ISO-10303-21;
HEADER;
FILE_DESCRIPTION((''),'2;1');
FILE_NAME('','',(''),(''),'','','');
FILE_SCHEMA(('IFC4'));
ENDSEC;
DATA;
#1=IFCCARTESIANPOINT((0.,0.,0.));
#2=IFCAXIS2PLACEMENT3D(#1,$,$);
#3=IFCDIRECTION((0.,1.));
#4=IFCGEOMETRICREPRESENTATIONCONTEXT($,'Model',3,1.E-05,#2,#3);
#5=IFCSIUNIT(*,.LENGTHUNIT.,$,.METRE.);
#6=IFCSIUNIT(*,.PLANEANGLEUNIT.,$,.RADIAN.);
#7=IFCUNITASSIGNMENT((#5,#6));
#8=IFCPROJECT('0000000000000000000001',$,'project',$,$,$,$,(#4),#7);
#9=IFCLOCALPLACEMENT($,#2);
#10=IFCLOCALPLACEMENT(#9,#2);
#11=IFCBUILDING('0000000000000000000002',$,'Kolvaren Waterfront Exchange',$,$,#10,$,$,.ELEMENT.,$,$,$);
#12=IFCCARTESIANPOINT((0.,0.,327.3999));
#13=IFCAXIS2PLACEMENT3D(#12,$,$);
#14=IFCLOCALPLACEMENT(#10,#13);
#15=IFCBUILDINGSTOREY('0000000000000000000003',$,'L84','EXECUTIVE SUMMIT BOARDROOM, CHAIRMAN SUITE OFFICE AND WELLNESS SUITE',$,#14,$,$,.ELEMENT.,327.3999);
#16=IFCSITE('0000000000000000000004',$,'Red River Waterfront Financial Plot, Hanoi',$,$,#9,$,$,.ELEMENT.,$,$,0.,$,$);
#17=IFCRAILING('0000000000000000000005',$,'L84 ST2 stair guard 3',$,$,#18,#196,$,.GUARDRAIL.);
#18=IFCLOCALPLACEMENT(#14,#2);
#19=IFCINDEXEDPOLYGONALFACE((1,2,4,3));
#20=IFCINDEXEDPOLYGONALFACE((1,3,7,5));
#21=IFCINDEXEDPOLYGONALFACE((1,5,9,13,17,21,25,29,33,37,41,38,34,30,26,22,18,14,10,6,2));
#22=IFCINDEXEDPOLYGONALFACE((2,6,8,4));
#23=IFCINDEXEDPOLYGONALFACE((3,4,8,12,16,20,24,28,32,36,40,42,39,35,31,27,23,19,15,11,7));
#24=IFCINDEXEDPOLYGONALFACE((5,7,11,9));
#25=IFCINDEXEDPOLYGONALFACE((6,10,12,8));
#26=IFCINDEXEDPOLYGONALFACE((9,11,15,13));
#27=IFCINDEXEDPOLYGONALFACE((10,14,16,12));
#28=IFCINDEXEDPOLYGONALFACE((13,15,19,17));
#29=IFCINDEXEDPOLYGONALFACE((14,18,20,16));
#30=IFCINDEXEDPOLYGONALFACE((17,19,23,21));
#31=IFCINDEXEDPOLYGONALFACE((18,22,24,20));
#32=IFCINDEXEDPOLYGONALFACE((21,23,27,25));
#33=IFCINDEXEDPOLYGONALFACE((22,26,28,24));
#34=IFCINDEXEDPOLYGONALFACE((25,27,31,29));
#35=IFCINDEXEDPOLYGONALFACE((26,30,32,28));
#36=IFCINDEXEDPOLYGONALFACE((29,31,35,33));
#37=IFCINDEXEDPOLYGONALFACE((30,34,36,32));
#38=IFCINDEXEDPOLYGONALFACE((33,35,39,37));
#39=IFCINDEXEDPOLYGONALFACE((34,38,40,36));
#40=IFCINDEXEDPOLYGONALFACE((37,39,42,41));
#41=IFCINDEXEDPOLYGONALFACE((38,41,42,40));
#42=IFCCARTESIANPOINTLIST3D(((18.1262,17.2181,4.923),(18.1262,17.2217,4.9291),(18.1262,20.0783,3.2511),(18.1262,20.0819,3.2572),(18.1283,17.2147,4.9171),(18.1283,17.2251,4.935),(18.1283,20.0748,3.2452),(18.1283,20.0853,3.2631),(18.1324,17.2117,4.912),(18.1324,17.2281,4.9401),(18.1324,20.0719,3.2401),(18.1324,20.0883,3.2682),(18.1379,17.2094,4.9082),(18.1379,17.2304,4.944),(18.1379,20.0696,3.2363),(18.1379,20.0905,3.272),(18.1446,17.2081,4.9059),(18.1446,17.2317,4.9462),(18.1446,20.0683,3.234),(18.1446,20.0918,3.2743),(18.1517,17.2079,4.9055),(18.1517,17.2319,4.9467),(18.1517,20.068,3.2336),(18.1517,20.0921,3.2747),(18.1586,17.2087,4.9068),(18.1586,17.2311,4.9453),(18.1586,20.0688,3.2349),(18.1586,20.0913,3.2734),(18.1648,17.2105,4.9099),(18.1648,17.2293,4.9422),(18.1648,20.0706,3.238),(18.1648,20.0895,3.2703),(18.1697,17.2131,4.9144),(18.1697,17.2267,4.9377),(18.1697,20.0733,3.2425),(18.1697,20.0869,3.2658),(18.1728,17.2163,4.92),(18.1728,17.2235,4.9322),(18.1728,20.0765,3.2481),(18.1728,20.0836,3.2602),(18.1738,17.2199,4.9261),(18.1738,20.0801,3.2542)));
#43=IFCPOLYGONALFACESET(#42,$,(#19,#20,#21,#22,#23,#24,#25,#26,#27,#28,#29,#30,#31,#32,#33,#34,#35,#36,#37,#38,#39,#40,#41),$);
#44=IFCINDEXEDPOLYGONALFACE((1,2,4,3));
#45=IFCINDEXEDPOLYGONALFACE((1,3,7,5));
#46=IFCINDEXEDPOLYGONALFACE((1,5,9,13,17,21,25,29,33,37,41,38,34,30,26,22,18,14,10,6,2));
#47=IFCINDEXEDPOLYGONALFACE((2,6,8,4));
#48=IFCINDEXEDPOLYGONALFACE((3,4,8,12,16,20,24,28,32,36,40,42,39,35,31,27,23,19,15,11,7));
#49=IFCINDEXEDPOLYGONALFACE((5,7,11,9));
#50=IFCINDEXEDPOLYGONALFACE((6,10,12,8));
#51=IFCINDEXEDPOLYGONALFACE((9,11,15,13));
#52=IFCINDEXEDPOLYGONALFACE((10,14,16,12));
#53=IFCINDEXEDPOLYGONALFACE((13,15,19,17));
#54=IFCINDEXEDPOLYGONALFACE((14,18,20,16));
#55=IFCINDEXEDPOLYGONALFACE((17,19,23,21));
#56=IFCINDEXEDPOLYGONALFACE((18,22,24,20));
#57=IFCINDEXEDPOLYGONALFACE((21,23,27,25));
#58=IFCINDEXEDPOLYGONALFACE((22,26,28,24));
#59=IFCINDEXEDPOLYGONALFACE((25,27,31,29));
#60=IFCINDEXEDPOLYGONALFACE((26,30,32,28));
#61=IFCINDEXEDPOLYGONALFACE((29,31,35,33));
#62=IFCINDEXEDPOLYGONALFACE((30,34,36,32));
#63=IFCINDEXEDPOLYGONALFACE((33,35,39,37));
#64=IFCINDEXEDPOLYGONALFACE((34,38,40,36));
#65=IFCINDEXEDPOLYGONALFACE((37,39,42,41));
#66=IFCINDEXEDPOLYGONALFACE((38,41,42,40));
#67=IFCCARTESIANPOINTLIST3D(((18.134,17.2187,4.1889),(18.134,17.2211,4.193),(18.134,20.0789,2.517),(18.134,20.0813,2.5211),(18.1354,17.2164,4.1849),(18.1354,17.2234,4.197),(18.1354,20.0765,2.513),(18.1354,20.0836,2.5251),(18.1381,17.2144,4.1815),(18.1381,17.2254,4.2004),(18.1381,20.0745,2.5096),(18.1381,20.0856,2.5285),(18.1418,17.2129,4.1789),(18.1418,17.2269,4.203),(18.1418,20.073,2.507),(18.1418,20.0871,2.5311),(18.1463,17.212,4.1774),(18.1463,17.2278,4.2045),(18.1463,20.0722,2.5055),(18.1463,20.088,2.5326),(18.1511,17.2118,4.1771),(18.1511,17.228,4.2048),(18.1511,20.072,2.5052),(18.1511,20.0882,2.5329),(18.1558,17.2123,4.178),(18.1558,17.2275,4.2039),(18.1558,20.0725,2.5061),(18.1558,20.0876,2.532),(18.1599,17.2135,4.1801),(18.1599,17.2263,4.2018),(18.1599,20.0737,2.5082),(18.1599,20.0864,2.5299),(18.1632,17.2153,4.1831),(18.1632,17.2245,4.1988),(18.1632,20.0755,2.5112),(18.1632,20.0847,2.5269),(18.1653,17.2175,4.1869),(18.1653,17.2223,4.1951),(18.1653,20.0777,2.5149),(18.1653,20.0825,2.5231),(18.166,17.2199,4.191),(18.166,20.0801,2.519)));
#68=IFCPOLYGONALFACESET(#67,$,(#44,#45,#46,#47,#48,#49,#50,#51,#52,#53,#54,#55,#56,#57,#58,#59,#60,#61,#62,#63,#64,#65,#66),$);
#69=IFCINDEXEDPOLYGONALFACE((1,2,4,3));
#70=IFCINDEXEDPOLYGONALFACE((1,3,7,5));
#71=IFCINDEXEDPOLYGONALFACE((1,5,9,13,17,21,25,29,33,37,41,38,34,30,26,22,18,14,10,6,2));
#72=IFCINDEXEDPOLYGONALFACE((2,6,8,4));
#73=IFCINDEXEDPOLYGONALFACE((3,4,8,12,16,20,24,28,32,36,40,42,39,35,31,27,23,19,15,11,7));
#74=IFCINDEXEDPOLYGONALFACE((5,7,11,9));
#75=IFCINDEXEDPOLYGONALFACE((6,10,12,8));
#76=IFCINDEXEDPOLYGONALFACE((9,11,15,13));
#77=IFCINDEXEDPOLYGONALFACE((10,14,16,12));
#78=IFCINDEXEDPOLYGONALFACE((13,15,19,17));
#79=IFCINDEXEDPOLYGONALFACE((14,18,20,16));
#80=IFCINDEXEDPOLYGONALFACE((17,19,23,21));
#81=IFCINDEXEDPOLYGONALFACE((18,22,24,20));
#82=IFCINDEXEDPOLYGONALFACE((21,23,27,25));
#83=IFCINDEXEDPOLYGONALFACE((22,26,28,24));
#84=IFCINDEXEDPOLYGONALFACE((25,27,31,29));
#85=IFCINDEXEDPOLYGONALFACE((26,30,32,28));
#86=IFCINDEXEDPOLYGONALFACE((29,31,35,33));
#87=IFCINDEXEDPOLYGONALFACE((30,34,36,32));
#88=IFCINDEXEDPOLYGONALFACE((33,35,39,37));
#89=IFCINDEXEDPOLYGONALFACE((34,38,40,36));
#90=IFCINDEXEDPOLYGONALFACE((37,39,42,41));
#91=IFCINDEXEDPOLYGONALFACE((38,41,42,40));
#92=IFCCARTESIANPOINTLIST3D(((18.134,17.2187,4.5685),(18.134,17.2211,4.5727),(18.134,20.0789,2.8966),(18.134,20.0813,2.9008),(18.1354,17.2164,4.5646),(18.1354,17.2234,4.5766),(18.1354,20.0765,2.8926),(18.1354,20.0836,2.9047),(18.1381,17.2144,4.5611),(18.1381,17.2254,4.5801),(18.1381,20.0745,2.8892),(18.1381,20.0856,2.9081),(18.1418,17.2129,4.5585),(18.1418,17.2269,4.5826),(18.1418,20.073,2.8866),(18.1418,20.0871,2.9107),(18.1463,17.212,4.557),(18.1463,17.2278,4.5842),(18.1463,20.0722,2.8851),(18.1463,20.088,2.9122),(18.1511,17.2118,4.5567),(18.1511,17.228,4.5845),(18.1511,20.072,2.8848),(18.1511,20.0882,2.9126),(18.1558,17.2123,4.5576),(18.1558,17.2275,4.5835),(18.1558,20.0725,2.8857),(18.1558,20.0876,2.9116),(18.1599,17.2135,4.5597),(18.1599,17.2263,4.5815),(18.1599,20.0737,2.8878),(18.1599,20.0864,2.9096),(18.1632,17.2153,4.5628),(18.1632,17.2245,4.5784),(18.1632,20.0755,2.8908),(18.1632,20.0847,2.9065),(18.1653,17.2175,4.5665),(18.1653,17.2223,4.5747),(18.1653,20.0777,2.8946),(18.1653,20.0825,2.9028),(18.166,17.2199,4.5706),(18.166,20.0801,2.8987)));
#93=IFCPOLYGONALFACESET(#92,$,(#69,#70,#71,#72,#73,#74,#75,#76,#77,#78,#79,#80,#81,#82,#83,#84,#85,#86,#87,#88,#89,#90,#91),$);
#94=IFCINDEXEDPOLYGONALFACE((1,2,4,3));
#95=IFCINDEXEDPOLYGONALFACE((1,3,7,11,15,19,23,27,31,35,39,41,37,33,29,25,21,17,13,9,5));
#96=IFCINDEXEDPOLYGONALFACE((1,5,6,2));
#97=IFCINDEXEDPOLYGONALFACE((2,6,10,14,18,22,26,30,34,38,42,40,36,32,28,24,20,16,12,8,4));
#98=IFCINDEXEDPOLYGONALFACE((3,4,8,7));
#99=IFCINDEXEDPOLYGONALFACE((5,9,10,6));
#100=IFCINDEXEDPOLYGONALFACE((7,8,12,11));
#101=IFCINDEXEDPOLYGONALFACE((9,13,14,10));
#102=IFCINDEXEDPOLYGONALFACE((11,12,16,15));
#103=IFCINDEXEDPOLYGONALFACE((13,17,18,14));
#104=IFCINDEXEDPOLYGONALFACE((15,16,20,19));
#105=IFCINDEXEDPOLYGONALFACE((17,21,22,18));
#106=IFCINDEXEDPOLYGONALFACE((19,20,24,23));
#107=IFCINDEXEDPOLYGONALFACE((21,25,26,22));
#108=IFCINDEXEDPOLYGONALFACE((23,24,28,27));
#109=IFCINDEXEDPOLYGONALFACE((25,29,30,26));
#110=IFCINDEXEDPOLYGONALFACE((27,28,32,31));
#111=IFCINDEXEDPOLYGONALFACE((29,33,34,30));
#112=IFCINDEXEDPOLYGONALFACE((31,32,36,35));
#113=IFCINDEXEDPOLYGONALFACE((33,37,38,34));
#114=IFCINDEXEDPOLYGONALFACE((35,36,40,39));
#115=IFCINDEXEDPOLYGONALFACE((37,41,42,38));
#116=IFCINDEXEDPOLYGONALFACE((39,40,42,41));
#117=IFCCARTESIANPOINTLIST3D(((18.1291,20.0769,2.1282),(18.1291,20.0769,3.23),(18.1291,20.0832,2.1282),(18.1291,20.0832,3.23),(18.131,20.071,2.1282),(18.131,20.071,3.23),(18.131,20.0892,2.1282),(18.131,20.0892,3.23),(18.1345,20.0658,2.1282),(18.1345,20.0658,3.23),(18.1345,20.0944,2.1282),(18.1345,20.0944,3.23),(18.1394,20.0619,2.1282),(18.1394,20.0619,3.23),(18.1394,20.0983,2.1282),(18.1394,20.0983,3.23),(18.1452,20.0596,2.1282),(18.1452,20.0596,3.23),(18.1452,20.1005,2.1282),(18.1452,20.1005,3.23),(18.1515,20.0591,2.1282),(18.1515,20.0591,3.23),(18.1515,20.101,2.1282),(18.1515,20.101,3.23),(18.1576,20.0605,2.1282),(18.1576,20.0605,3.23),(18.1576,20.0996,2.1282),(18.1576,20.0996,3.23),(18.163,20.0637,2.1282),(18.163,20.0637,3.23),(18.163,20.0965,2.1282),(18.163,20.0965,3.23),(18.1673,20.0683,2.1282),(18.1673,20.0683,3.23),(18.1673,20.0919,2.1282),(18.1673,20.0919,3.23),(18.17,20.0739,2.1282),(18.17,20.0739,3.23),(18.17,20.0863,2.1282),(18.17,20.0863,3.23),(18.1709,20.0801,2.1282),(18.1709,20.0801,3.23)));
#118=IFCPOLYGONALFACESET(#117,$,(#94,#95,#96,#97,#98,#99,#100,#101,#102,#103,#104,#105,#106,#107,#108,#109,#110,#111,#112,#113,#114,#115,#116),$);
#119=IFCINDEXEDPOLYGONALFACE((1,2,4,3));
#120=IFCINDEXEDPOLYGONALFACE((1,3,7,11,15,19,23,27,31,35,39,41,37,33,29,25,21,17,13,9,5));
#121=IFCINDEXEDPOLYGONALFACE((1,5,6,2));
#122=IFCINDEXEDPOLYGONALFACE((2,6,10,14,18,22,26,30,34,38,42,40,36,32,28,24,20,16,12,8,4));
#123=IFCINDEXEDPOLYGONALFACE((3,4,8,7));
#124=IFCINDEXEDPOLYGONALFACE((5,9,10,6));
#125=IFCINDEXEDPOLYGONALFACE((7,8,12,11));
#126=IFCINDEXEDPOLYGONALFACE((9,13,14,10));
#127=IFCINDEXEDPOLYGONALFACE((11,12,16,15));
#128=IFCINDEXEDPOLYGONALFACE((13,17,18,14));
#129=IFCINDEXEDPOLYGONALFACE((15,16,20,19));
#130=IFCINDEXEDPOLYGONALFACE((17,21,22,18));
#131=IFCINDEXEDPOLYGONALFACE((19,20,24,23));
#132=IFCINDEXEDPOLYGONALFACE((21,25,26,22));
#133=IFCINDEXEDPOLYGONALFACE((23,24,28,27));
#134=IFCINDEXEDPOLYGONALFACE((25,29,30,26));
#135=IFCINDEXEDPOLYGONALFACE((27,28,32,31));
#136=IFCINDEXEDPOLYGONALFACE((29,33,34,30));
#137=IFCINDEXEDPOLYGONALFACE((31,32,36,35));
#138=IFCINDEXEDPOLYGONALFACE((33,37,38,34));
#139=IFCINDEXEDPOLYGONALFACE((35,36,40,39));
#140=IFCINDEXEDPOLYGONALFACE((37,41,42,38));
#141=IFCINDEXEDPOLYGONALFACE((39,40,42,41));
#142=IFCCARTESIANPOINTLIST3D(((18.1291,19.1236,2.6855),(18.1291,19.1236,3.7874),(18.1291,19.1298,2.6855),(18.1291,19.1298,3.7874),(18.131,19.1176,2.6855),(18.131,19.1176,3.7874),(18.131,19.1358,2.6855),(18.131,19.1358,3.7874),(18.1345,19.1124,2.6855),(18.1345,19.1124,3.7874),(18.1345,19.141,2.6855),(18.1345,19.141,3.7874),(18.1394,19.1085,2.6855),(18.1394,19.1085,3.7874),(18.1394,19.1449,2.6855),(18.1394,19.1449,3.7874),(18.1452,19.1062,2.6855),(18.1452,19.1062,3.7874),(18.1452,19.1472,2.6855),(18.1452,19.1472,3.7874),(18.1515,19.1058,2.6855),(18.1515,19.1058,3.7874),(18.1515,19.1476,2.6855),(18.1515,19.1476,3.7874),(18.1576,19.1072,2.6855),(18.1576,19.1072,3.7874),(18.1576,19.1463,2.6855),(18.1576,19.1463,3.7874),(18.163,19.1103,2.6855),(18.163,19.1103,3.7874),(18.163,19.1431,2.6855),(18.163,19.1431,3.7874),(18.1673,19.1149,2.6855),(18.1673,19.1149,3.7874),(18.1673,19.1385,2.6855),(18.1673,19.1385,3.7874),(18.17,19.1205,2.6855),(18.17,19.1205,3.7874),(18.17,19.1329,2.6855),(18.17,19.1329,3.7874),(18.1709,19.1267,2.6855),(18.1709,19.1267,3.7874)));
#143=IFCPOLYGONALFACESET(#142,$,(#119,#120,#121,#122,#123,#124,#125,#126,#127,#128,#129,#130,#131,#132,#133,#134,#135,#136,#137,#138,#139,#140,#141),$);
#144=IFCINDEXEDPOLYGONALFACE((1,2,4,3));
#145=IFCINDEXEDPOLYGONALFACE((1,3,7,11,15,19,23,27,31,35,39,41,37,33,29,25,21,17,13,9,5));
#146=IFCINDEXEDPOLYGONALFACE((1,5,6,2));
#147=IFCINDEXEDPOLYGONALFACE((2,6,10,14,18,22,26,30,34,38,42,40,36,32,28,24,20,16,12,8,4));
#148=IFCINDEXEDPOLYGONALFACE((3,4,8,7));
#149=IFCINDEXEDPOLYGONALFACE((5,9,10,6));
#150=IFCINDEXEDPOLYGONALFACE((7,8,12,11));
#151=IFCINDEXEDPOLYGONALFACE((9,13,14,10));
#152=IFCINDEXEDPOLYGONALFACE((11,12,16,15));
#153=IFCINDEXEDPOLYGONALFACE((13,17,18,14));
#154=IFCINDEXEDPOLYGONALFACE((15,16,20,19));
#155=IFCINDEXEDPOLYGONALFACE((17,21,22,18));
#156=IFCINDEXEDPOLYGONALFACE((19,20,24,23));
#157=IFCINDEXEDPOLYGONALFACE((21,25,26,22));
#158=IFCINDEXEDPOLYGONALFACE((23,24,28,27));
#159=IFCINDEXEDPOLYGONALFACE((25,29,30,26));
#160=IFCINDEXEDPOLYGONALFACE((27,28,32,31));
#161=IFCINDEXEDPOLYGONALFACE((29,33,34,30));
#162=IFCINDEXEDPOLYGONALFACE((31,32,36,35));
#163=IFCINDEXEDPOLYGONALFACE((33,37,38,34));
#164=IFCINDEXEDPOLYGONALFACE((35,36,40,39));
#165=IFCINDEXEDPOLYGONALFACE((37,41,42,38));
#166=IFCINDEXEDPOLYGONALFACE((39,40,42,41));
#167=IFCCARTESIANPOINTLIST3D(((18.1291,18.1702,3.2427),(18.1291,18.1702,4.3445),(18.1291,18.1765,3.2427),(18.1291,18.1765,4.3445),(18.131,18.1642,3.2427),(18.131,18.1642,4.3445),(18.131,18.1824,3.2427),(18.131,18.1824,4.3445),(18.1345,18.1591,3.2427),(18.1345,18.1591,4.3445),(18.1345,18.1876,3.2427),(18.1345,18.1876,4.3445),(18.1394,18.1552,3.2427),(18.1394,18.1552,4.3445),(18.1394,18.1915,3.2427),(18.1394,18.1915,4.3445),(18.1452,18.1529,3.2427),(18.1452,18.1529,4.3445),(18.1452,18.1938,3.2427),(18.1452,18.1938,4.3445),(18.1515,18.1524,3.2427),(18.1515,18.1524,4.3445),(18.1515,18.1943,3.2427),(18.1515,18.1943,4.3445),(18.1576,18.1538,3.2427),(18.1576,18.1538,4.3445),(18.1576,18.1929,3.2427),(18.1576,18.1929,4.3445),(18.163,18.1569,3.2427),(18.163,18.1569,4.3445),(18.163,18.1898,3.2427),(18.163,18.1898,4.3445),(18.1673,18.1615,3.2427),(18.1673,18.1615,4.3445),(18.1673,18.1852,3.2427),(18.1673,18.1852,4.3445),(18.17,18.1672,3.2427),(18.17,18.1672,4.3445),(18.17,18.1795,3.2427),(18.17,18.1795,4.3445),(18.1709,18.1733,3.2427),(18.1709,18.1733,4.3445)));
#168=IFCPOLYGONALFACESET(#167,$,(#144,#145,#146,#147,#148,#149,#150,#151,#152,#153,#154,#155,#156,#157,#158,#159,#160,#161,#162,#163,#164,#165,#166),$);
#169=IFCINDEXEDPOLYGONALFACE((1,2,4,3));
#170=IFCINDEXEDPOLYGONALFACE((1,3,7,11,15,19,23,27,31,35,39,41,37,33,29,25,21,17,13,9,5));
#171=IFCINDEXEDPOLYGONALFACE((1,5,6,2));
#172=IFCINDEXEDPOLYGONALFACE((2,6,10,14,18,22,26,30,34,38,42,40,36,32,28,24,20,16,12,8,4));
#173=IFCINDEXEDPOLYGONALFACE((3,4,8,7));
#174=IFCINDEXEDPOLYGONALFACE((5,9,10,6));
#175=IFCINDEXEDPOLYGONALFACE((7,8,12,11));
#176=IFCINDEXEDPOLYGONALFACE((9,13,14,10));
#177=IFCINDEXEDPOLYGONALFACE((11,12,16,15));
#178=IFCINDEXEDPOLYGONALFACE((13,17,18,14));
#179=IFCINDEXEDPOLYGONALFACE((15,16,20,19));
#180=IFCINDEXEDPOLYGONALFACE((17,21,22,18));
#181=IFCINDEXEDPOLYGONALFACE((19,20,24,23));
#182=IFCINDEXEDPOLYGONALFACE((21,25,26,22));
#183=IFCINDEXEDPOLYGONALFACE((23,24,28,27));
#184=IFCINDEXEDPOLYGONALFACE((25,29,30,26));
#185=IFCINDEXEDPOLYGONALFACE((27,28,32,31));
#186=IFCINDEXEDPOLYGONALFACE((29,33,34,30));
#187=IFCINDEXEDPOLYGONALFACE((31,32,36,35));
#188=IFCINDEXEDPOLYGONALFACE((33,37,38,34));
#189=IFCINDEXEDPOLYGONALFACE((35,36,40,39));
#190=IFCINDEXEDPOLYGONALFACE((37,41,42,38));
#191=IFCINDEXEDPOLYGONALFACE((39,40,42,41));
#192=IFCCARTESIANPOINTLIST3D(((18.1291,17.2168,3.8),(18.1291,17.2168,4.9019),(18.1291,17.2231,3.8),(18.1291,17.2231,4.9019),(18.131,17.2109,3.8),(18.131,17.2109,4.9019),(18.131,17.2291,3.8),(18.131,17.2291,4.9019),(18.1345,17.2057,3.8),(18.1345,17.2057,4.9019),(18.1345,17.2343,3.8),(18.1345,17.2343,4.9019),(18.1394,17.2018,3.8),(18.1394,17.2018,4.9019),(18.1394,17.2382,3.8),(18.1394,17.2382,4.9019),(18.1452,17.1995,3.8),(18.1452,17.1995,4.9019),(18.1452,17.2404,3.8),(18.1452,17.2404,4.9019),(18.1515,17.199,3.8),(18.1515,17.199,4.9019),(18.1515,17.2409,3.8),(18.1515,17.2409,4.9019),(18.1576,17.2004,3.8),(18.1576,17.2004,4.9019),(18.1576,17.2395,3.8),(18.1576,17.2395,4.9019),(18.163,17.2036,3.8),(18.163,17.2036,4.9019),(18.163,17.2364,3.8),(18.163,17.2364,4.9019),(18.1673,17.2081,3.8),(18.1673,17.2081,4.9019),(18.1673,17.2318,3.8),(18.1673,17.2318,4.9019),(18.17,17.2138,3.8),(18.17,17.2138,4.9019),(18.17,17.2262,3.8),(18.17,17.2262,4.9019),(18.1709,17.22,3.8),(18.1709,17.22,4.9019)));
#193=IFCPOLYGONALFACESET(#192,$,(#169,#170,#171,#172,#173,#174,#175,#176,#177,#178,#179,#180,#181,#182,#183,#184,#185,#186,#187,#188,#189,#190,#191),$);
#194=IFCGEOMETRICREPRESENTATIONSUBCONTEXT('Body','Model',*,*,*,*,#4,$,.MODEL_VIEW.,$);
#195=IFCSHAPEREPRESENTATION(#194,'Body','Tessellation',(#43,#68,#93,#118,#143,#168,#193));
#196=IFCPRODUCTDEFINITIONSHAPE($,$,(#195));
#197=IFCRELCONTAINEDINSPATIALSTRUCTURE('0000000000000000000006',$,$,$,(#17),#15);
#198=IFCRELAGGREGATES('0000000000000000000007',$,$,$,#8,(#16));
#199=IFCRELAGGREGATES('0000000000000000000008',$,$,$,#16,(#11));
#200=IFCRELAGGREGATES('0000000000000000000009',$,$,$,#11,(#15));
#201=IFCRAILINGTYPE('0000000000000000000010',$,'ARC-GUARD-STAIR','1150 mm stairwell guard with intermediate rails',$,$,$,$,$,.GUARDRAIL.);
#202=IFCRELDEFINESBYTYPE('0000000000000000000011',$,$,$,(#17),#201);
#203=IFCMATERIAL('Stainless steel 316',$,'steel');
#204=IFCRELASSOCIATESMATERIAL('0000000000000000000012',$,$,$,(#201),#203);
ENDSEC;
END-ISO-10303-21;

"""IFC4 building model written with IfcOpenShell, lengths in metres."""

from ifc_helpers import new_model, si_unit, direction, frame, origin, origin_2d, place, context, subcontext, project, spatial, circle, extrude, material, type_object, element, save


model = new_model("IFC4")

# Units and contexts
model_context = context("Model", 3, precision=1e-05, world=origin(), true_north=direction((0.0, 1.0)))
body_context = subcontext(model_context, "Body", "Model", "MODEL_VIEW")
ifc_project = project(units=[si_unit("LENGTHUNIT", "METRE"), si_unit("PLANEANGLEUNIT", "RADIAN")], contexts=[model_context])

# Site, building, storey
site_placement = place(None, origin())
site = spatial("IfcSite", under=ifc_project, at=site_placement, Name="Red River Waterfront Financial Plot, Hanoi", CompositionType="ELEMENT", RefElevation=0.0)
building_placement = place(site_placement, origin())
building = spatial("IfcBuilding", under=site, at=building_placement, Name="Kolvaren Waterfront Exchange", CompositionType="ELEMENT")
storey_placement = place(building_placement, frame((0.0, 0.0, 327.3999)))
storey = spatial("IfcBuildingStorey", under=building, at=storey_placement, Name="L84", Description="EXECUTIVE SUMMIT BOARDROOM, CHAIRMAN SUITE OFFICE AND WELLNESS SUITE", CompositionType="ELEMENT", Elevation=327.3999)

# Railing
ifc_material_1 = material(Name="Stainless steel 316", Category="steel")
railing_type_1 = type_object("IfcRailingType", Name="ARC-GUARD-STAIR", Description="1150 mm stairwell guard with intermediate rails", PredefinedType="GUARDRAIL", material=ifc_material_1)
railing_1_placement = place(storey_placement, frame((18.1499, 20.0801, 2.1282)))
element("IfcRailing", 1, at=railing_1_placement, inside=storey, type_object=railing_type_1, Name="L84 ST2 stair guard 3", PredefinedType="GUARDRAIL", context=body_context, shape_type="SweptSolid", body=[
    extrude(circle(Radius=0.0239, at=origin_2d()), frame((0.0, 0.0, 1.126), z_axis=(0.0, -0.863321, 0.504654), x_axis=(1.0, 0.0, 0.0)), (0.0, 0.0, 1.0), 3.313),
    extrude(circle(Radius=0.0161, at=origin_2d()), frame((0.0, 0.0, 0.3909), z_axis=(0.0, -0.863321, 0.504654), x_axis=(1.0, 0.0, 0.0)), (0.0, 0.0, 1.0), 3.313),
    extrude(circle(Radius=0.0161, at=origin_2d()), frame((0.0, 0.0, 0.7705), z_axis=(0.0, -0.863321, 0.504654), x_axis=(1.0, 0.0, 0.0)), (0.0, 0.0, 1.0), 3.313),
    extrude(circle(Radius=0.021, at=origin_2d()), origin(), (0.0, 0.0, 1.0), 1.1018),
    extrude(circle(Radius=0.021, at=origin_2d()), frame((0.0, -0.9534, 0.5574)), (0.0, 0.0, 1.0), 1.1018),
    extrude(circle(Radius=0.021, at=origin_2d()), frame((0.0, -1.9067, 1.1145)), (0.0, 0.0, 1.0), 1.1018),
    extrude(circle(Radius=0.021, at=origin_2d()), frame((0.0, -2.8601, 1.6719)), (0.0, 0.0, 1.0), 1.1018),
])

save(model, "model.ifc")
